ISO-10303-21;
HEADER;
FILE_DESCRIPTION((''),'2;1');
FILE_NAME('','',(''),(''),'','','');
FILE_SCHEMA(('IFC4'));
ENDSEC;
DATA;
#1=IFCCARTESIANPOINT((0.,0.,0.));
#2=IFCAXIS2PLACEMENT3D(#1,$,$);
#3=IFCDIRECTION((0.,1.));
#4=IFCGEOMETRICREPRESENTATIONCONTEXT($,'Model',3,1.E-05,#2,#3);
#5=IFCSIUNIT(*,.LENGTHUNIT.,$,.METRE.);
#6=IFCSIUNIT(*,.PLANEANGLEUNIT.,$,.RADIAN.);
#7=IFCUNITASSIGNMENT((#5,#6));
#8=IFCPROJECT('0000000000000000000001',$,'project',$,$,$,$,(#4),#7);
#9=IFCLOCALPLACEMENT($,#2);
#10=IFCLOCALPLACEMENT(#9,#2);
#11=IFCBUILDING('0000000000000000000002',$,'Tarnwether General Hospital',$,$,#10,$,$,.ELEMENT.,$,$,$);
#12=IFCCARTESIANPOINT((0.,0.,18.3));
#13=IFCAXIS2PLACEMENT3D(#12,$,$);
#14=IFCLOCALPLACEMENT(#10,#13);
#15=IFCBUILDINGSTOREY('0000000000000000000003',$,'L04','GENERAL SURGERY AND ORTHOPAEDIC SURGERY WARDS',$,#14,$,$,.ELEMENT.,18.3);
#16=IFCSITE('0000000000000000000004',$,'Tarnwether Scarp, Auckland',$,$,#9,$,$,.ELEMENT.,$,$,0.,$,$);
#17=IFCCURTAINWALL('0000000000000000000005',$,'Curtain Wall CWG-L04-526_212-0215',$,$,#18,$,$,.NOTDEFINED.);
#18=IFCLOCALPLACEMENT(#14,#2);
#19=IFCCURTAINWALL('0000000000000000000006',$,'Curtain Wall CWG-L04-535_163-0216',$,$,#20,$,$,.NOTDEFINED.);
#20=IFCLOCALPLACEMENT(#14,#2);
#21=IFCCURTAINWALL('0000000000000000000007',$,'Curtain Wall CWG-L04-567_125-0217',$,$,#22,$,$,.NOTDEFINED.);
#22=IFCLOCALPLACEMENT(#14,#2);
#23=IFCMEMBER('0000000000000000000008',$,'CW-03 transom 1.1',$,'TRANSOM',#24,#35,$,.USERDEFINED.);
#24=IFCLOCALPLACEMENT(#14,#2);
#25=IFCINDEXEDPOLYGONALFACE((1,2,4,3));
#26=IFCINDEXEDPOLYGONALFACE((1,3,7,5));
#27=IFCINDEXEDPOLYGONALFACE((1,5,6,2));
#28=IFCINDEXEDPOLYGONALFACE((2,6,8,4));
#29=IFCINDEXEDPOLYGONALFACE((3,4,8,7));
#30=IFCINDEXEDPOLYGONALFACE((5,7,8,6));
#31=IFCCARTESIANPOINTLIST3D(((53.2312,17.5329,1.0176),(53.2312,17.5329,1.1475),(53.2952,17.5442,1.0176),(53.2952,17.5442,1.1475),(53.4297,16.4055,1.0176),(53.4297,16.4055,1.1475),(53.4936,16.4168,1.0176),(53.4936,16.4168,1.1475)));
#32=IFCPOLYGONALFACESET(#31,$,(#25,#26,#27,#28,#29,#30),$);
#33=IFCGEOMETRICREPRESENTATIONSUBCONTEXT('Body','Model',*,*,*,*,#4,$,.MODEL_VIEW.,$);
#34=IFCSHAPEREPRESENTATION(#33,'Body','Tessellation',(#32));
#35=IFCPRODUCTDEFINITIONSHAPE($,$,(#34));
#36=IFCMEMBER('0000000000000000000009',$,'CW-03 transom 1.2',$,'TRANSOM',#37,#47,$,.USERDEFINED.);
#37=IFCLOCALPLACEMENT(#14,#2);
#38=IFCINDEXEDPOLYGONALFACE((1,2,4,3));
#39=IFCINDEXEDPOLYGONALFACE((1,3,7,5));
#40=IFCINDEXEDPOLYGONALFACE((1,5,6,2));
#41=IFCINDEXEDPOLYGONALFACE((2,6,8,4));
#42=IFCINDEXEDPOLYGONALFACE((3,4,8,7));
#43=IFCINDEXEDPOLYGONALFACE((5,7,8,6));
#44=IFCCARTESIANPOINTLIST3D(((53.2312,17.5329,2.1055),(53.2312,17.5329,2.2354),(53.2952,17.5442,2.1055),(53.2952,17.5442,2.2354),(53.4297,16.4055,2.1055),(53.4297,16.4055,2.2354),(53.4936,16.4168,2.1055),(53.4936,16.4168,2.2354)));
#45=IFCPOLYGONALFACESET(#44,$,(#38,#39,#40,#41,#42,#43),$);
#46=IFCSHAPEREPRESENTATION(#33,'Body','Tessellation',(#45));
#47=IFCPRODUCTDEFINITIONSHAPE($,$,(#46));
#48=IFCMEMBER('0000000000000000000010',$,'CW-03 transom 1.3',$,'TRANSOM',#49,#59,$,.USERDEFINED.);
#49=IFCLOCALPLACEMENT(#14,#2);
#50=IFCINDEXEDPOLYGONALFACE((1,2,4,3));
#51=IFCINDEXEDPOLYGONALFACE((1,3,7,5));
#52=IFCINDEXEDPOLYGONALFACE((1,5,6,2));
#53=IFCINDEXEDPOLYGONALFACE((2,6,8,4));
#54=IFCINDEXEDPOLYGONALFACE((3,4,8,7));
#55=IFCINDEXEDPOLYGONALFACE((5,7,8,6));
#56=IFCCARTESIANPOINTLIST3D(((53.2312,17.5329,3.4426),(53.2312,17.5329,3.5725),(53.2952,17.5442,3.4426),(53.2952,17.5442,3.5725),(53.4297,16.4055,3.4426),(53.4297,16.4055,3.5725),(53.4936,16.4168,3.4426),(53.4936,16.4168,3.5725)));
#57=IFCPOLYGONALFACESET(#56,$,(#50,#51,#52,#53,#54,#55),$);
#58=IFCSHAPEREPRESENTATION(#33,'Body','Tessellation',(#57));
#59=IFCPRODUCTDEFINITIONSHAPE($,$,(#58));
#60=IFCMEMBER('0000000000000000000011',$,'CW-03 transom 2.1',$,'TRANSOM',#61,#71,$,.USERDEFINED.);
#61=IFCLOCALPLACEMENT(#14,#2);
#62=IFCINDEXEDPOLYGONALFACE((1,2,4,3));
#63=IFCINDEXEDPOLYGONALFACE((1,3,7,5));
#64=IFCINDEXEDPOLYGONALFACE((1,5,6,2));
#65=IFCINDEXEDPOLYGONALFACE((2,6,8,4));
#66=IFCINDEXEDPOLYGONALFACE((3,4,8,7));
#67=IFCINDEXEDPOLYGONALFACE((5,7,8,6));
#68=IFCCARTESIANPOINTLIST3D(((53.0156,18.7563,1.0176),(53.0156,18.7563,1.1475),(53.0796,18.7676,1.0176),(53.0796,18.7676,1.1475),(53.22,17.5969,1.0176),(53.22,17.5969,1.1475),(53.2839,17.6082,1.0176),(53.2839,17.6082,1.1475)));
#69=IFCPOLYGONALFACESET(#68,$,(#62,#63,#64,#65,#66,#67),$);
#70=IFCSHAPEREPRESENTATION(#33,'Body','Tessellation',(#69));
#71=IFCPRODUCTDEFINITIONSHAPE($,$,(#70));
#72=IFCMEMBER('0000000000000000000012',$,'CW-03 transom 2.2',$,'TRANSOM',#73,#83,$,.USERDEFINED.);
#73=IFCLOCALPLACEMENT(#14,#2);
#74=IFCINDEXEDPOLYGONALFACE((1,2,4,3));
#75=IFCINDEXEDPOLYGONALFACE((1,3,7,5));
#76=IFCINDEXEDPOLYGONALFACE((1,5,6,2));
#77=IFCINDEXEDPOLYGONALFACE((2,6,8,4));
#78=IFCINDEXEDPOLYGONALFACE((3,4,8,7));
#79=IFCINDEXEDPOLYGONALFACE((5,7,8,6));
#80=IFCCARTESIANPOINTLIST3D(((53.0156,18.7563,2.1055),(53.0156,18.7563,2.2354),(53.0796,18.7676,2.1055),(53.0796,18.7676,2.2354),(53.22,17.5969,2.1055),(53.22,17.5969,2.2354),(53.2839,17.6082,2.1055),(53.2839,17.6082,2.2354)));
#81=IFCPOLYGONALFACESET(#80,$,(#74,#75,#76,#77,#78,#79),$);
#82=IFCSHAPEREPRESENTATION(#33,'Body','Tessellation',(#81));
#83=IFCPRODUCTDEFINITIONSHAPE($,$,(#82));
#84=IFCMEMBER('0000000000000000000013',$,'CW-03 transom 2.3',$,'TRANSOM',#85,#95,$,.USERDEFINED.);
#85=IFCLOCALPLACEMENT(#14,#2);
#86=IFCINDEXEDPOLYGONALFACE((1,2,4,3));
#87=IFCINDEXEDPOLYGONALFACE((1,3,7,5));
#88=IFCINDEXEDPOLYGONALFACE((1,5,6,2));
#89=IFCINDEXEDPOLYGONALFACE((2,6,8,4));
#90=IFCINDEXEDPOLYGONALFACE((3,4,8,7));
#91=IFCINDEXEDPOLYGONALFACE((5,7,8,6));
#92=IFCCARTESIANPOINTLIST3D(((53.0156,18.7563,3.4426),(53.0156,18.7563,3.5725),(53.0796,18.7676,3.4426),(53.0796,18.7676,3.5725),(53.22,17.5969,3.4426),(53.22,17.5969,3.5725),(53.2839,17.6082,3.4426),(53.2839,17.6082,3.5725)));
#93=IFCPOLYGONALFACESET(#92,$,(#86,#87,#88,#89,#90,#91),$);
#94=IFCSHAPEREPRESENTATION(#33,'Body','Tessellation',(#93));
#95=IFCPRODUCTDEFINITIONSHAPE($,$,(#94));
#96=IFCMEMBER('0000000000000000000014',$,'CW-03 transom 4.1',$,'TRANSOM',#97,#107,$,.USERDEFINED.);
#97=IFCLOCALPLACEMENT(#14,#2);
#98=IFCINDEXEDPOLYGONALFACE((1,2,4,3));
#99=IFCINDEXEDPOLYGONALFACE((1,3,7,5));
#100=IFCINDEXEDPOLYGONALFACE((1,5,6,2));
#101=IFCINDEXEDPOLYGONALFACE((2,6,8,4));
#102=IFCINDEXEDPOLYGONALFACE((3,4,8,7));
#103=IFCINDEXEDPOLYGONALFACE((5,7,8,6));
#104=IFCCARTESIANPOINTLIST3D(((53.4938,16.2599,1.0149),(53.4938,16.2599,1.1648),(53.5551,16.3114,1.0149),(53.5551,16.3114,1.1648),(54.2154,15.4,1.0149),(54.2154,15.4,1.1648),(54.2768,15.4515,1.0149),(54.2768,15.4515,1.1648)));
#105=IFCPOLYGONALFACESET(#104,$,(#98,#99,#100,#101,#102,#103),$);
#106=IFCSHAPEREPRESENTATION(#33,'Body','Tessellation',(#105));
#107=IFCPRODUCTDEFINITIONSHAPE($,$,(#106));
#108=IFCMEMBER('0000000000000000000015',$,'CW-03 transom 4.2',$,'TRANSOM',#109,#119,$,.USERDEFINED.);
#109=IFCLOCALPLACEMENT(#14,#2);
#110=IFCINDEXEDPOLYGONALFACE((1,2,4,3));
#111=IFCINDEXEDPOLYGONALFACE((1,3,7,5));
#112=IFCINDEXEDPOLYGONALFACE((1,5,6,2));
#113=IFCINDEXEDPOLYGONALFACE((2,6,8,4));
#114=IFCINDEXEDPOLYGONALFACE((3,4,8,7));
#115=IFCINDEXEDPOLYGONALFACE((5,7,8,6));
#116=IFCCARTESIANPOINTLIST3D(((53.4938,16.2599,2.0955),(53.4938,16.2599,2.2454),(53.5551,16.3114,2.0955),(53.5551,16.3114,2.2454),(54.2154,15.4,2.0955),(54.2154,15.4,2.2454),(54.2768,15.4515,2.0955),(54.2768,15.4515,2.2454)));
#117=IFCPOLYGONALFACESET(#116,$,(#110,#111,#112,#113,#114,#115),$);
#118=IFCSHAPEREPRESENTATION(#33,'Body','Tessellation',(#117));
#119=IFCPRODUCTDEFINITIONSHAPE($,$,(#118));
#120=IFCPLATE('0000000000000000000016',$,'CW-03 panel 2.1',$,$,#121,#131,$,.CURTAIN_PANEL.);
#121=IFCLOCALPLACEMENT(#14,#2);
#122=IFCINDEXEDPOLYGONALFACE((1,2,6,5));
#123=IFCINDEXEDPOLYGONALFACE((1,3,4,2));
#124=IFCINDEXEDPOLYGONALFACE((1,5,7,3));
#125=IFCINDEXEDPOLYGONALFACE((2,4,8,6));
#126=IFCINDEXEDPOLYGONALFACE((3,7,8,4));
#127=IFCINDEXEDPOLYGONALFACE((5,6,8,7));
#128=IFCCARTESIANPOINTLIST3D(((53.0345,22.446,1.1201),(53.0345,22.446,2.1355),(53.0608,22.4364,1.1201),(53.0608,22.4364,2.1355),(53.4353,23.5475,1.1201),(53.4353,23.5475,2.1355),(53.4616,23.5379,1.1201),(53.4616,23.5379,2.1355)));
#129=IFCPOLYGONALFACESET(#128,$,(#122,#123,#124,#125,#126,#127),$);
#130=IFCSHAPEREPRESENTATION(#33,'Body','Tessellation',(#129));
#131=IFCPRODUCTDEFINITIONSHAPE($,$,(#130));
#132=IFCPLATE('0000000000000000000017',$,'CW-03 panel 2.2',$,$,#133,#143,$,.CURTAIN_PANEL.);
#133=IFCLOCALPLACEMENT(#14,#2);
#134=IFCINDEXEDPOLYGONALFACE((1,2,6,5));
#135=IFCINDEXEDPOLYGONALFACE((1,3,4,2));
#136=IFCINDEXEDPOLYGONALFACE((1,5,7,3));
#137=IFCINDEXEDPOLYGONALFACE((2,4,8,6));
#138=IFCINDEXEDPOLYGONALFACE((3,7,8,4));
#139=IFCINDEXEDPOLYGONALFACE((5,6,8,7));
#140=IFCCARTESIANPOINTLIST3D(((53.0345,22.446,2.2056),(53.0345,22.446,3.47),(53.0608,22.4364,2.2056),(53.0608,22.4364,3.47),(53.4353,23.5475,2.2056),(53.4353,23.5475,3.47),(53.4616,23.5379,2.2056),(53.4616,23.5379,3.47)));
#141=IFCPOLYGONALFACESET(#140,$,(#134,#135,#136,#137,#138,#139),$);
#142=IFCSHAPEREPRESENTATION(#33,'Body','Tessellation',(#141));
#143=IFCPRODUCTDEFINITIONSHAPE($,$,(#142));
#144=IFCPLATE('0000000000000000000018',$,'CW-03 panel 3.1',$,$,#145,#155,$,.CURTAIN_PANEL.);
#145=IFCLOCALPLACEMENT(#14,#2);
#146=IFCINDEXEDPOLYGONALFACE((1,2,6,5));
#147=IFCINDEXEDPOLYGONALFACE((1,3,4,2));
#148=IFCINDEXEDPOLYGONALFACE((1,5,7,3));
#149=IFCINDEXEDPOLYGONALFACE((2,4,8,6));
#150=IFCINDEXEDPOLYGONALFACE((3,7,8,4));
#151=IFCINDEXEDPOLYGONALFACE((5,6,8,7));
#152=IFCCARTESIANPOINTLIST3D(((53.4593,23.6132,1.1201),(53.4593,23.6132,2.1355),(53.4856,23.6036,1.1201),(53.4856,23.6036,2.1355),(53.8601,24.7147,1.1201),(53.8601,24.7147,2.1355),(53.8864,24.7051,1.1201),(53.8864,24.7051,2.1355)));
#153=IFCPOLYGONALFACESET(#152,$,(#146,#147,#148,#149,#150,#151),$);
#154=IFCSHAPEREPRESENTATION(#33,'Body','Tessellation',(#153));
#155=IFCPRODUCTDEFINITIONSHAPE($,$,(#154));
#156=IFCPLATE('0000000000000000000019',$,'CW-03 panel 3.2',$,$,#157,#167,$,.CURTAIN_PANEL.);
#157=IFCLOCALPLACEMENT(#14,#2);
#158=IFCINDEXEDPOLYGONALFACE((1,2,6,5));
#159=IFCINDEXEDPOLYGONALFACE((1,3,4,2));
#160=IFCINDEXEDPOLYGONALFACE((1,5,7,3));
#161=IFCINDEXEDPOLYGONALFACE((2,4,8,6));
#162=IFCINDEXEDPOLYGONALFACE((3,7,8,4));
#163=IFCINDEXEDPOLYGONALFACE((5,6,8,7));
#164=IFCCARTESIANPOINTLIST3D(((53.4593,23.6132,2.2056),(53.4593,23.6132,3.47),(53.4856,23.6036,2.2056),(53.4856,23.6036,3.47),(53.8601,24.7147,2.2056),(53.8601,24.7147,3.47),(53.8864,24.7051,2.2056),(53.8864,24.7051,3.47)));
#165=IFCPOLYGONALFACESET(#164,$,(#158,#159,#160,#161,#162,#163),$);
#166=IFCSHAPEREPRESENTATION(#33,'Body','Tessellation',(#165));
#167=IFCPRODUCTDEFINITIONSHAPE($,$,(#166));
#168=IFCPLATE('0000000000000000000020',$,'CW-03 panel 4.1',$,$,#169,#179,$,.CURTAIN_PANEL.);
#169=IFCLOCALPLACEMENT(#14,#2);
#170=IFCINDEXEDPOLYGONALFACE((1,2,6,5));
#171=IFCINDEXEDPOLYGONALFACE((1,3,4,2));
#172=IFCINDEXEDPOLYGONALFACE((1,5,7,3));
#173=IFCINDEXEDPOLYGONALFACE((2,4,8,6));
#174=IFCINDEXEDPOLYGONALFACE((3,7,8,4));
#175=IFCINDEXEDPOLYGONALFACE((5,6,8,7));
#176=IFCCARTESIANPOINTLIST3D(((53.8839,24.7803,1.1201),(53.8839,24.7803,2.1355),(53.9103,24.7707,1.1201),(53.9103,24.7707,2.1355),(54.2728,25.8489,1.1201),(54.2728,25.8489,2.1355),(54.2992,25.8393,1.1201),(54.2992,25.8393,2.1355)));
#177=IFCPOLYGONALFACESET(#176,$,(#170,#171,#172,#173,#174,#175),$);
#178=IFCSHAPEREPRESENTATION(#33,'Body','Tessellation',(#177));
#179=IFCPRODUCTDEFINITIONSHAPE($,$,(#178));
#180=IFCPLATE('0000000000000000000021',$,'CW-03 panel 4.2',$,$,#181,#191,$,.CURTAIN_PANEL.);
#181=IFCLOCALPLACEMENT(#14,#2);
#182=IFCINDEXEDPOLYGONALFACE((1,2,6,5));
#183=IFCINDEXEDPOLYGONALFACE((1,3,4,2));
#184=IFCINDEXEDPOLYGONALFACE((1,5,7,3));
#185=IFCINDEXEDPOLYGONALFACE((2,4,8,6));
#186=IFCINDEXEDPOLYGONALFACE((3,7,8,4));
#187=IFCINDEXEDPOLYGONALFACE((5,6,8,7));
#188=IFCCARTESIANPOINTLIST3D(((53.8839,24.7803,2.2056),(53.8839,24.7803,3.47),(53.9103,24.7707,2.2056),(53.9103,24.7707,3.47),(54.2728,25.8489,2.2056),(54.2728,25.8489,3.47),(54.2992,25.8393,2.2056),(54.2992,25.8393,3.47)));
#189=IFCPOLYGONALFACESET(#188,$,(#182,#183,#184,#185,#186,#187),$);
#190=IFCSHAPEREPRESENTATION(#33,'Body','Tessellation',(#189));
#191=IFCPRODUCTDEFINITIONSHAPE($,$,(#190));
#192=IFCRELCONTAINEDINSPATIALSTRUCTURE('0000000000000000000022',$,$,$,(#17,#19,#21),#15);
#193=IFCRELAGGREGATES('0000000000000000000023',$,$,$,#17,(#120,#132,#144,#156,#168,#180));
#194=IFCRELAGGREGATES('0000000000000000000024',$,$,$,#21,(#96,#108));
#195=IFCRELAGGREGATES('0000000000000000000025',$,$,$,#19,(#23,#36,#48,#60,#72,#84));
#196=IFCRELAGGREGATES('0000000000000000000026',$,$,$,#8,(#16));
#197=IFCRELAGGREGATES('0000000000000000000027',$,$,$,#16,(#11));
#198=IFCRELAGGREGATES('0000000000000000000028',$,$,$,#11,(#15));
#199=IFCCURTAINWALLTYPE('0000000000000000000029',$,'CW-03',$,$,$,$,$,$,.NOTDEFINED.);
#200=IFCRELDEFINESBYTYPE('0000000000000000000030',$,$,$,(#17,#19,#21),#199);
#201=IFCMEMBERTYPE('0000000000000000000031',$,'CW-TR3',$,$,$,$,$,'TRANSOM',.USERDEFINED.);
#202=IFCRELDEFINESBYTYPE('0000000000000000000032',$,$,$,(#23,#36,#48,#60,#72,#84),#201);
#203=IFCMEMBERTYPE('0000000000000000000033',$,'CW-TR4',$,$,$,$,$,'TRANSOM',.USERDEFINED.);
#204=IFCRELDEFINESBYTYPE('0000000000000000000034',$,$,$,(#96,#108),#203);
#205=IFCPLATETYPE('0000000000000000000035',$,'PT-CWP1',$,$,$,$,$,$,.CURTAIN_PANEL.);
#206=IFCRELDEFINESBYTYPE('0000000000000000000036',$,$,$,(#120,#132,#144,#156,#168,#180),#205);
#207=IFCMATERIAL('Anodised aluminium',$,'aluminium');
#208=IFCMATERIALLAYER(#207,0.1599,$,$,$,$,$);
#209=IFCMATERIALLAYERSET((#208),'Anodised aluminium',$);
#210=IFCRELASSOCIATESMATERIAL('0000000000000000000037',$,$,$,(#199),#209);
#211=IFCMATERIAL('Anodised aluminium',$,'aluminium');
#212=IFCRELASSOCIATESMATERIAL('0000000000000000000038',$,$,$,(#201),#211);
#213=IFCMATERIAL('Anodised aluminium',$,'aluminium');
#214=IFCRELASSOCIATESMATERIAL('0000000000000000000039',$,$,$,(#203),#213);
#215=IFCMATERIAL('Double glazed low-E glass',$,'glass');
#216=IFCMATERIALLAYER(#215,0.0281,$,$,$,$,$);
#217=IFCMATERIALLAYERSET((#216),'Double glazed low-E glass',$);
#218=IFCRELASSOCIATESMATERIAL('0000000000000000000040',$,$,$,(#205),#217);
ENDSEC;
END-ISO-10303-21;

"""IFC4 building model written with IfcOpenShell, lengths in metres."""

from ifc_helpers import new_model, si_unit, direction, frame, origin, origin_2d, place, context, subcontext, project, spatial, rectangle, extrude, material, layer, layer_set, material_profile, profile_set, type_object, element, aggregate, save


model = new_model("IFC4")

# Units and contexts
model_context = context("Model", 3, precision=1e-05, world=origin(), true_north=direction((0.0, 1.0)))
body_context = subcontext(model_context, "Body", "Model", "MODEL_VIEW")
ifc_project = project(units=[si_unit("LENGTHUNIT", "METRE"), si_unit("PLANEANGLEUNIT", "RADIAN")], contexts=[model_context])

# Site, building, storey
site_placement = place(None, origin())
site = spatial("IfcSite", under=ifc_project, at=site_placement, Name="Tarnwether Scarp, Auckland", CompositionType="ELEMENT", RefElevation=0.0)
building_placement = place(site_placement, origin())
building = spatial("IfcBuilding", under=site, at=building_placement, Name="Tarnwether General Hospital", CompositionType="ELEMENT")
storey_placement = place(building_placement, frame((0.0, 0.0, 18.3)))
storey = spatial("IfcBuildingStorey", under=building, at=storey_placement, Name="L04", Description="GENERAL SURGERY AND ORTHOPAEDIC SURGERY WARDS", CompositionType="ELEMENT", Elevation=18.3)

# Curtain walls
ifc_material_1 = material(Name="Anodised aluminium", Category="aluminium")
ifc_layer_1 = layer(ifc_material_1, 0.1599)
ifc_layer_set_1 = layer_set([ifc_layer_1], Name="Anodised aluminium")
curtain_wall_type = type_object("IfcCurtainWallType", Name="CW-03", PredefinedType="NOTDEFINED", material=ifc_layer_set_1)
curtain_wall_1_placement = place(storey_placement, origin())
curtain_wall_1 = element("IfcCurtainWall", 1, at=curtain_wall_1_placement, inside=storey, type_object=curtain_wall_type, Name="Curtain Wall CWG-L04-526_212-0215", PredefinedType="NOTDEFINED")
curtain_wall_2_placement = place(storey_placement, origin())
curtain_wall_2 = element("IfcCurtainWall", 2, at=curtain_wall_2_placement, inside=storey, type_object=curtain_wall_type, Name="Curtain Wall CWG-L04-535_163-0216", PredefinedType="NOTDEFINED")

# Curtain wall
curtain_wall_3_placement = place(storey_placement, origin())
curtain_wall_3 = element("IfcCurtainWall", 3, at=curtain_wall_3_placement, inside=storey, type_object=curtain_wall_type, Name="Curtain Wall CWG-L04-567_125-0217", PredefinedType="NOTDEFINED")

# Members
ifc_material_2 = material(Name="Anodised aluminium", Category="aluminium")
ifc_material_profile_1 = material_profile(ifc_material_2, rectangle(XDim=0.0649, YDim=0.1299, at=origin_2d()), Name="ALU-TRN-65x130")
ifc_profile_set_1 = profile_set([ifc_material_profile_1], Name="Anodised aluminium")
member_type_1 = type_object("IfcMemberType", Name="CW-TR3", ElementType="TRANSOM", PredefinedType="USERDEFINED", material=ifc_profile_set_1)
member_1_placement = place(storey_placement, frame((53.4617, 16.4111, 1.0825), z_axis=(-0.173384, 0.984854, 0.0), x_axis=(-0.984854, -0.173384, 0.0)))
member_1 = element("IfcMember", 4, at=member_1_placement, type_object=member_type_1, Name="CW-03 transom 1.1", ObjectType="TRANSOM", PredefinedType="USERDEFINED", context=body_context, shape_type="SweptSolid", body=[
    extrude(rectangle(XDim=0.0649, YDim=0.1299, at=origin_2d()), origin(), (0.0, 0.0, 1.0), 1.1448),
])
member_2_placement = place(storey_placement, frame((53.4617, 16.4111, 2.1704), z_axis=(-0.173384, 0.984854, 0.0), x_axis=(-0.984854, -0.173384, 0.0)))
member_2 = element("IfcMember", 5, at=member_2_placement, type_object=member_type_1, Name="CW-03 transom 1.2", ObjectType="TRANSOM", PredefinedType="USERDEFINED", context=body_context, shape_type="SweptSolid", body=[
    extrude(rectangle(XDim=0.0649, YDim=0.1299, at=origin_2d()), origin(), (0.0, 0.0, 1.0), 1.1448),
])
member_3_placement = place(storey_placement, frame((53.4617, 16.4111, 3.5076), z_axis=(-0.173384, 0.984854, 0.0), x_axis=(-0.984854, -0.173384, 0.0)))
member_3 = element("IfcMember", 6, at=member_3_placement, type_object=member_type_1, Name="CW-03 transom 1.3", ObjectType="TRANSOM", PredefinedType="USERDEFINED", context=body_context, shape_type="SweptSolid", body=[
    extrude(rectangle(XDim=0.0649, YDim=0.1299, at=origin_2d()), origin(), (0.0, 0.0, 1.0), 1.1448),
])
member_4_placement = place(storey_placement, frame((53.252, 17.6025, 1.0825), z_axis=(-0.173572, 0.984821, 0.0), x_axis=(-0.984821, -0.173572, 0.0)))
member_4 = element("IfcMember", 7, at=member_4_placement, type_object=member_type_1, Name="CW-03 transom 2.1", ObjectType="TRANSOM", PredefinedType="USERDEFINED", context=body_context, shape_type="SweptSolid", body=[
    extrude(rectangle(XDim=0.0649, YDim=0.1299, at=origin_2d()), origin(), (0.0, 0.0, 1.0), 1.1772),
])
member_5_placement = place(storey_placement, frame((53.252, 17.6025, 2.1704), z_axis=(-0.173572, 0.984821, 0.0), x_axis=(-0.984821, -0.173572, 0.0)))
member_5 = element("IfcMember", 8, at=member_5_placement, type_object=member_type_1, Name="CW-03 transom 2.2", ObjectType="TRANSOM", PredefinedType="USERDEFINED", context=body_context, shape_type="SweptSolid", body=[
    extrude(rectangle(XDim=0.0649, YDim=0.1299, at=origin_2d()), origin(), (0.0, 0.0, 1.0), 1.1772),
])
member_6_placement = place(storey_placement, frame((53.252, 17.6025, 3.5076), z_axis=(-0.173572, 0.984821, 0.0), x_axis=(-0.984821, -0.173572, 0.0)))
member_6 = element("IfcMember", 9, at=member_6_placement, type_object=member_type_1, Name="CW-03 transom 2.3", ObjectType="TRANSOM", PredefinedType="USERDEFINED", context=body_context, shape_type="SweptSolid", body=[
    extrude(rectangle(XDim=0.0649, YDim=0.1299, at=origin_2d()), origin(), (0.0, 0.0, 1.0), 1.1772),
])
ifc_material_3 = material(Name="Anodised aluminium", Category="aluminium")
ifc_material_profile_2 = material_profile(ifc_material_3, rectangle(XDim=0.0801, YDim=0.1499, at=origin_2d()), Name="ALU-TRN-80x150")
ifc_profile_set_2 = profile_set([ifc_material_profile_2], Name="Anodised aluminium")
member_type_2 = type_object("IfcMemberType", Name="CW-TR4", ElementType="TRANSOM", PredefinedType="USERDEFINED", material=ifc_profile_set_2)
member_7_placement = place(storey_placement, frame((54.2461, 15.4258, 1.0898), z_axis=(-0.642876, 0.76597, 0.0), x_axis=(-0.76597, -0.642876, 0.0)))
member_7 = element("IfcMember", 10, at=member_7_placement, type_object=member_type_2, Name="CW-03 transom 4.1", ObjectType="TRANSOM", PredefinedType="USERDEFINED", context=body_context, shape_type="SweptSolid", body=[
    extrude(rectangle(XDim=0.0801, YDim=0.1499, at=origin_2d()), origin(), (0.0, 0.0, 1.0), 1.1226),
])
member_8_placement = place(storey_placement, frame((54.2461, 15.4258, 2.1704), z_axis=(-0.642876, 0.76597, 0.0), x_axis=(-0.76597, -0.642876, 0.0)))
member_8 = element("IfcMember", 11, at=member_8_placement, type_object=member_type_2, Name="CW-03 transom 4.2", ObjectType="TRANSOM", PredefinedType="USERDEFINED", context=body_context, shape_type="SweptSolid", body=[
    extrude(rectangle(XDim=0.0801, YDim=0.1499, at=origin_2d()), origin(), (0.0, 0.0, 1.0), 1.1226),
])

# Plates
ifc_material_4 = material(Name="Double glazed low-E glass", Category="glass")
ifc_layer_2 = layer(ifc_material_4, 0.0281)
ifc_layer_set_2 = layer_set([ifc_layer_2], Name="Double glazed low-E glass")
plate_type_1 = type_object("IfcPlateType", Name="PT-CWP1", PredefinedType="CURTAIN_PANEL", material=ifc_layer_set_2)
plate_1_placement = place(storey_placement, frame((53.248, 22.9919, 1.1201), z_axis=(0.0, 0.0, 1.0), x_axis=(0.341953, 0.939717, 0.0)))
plate_1 = element("IfcPlate", 12, at=plate_1_placement, type_object=plate_type_1, Name="CW-03 panel 2.1", PredefinedType="CURTAIN_PANEL", context=body_context, shape_type="SweptSolid", body=[
    extrude(rectangle(XDim=1.1721, YDim=0.0281, at=origin_2d()), origin(), (0.0, 0.0, 1.0), 1.0154),
])
plate_2_placement = place(storey_placement, frame((53.248, 22.9919, 2.2056), z_axis=(0.0, 0.0, 1.0), x_axis=(0.341953, 0.939717, 0.0)))
plate_2 = element("IfcPlate", 13, at=plate_2_placement, type_object=plate_type_1, Name="CW-03 panel 2.2", PredefinedType="CURTAIN_PANEL", context=body_context, shape_type="SweptSolid", body=[
    extrude(rectangle(XDim=1.1721, YDim=0.0281, at=origin_2d()), origin(), (0.0, 0.0, 1.0), 1.2644),
])
plate_3_placement = place(storey_placement, frame((53.6729, 24.1592, 1.1201), z_axis=(0.0, 0.0, 1.0), x_axis=(0.341953, 0.939717, 0.0)))
plate_3 = element("IfcPlate", 14, at=plate_3_placement, type_object=plate_type_1, Name="CW-03 panel 3.1", PredefinedType="CURTAIN_PANEL", context=body_context, shape_type="SweptSolid", body=[
    extrude(rectangle(XDim=1.1721, YDim=0.0281, at=origin_2d()), origin(), (0.0, 0.0, 1.0), 1.0154),
])
plate_4_placement = place(storey_placement, frame((53.6729, 24.1592, 2.2056), z_axis=(0.0, 0.0, 1.0), x_axis=(0.341953, 0.939717, 0.0)))
plate_4 = element("IfcPlate", 15, at=plate_4_placement, type_object=plate_type_1, Name="CW-03 panel 3.2", PredefinedType="CURTAIN_PANEL", context=body_context, shape_type="SweptSolid", body=[
    extrude(rectangle(XDim=1.1721, YDim=0.0281, at=origin_2d()), origin(), (0.0, 0.0, 1.0), 1.2644),
])
plate_5_placement = place(storey_placement, frame((54.0916, 25.3098, 1.1201), z_axis=(0.0, 0.0, 1.0), x_axis=(0.341953, 0.939717, 0.0)))
plate_5 = element("IfcPlate", 16, at=plate_5_placement, type_object=plate_type_1, Name="CW-03 panel 4.1", PredefinedType="CURTAIN_PANEL", context=body_context, shape_type="SweptSolid", body=[
    extrude(rectangle(XDim=1.1372, YDim=0.0281, at=origin_2d()), origin(), (0.0, 0.0, 1.0), 1.0154),
])
plate_6_placement = place(storey_placement, frame((54.0916, 25.3098, 2.2056), z_axis=(0.0, 0.0, 1.0), x_axis=(0.341953, 0.939717, 0.0)))
plate_6 = element("IfcPlate", 17, at=plate_6_placement, type_object=plate_type_1, Name="CW-03 panel 4.2", PredefinedType="CURTAIN_PANEL", context=body_context, shape_type="SweptSolid", body=[
    extrude(rectangle(XDim=1.1372, YDim=0.0281, at=origin_2d()), origin(), (0.0, 0.0, 1.0), 1.2644),
])
aggregate(curtain_wall_1, [plate_1, plate_2, plate_3, plate_4, plate_5, plate_6])
aggregate(curtain_wall_3, [member_7, member_8])
aggregate(curtain_wall_2, [member_1, member_2, member_3, member_4, member_5, member_6])

save(model, "model.ifc")
